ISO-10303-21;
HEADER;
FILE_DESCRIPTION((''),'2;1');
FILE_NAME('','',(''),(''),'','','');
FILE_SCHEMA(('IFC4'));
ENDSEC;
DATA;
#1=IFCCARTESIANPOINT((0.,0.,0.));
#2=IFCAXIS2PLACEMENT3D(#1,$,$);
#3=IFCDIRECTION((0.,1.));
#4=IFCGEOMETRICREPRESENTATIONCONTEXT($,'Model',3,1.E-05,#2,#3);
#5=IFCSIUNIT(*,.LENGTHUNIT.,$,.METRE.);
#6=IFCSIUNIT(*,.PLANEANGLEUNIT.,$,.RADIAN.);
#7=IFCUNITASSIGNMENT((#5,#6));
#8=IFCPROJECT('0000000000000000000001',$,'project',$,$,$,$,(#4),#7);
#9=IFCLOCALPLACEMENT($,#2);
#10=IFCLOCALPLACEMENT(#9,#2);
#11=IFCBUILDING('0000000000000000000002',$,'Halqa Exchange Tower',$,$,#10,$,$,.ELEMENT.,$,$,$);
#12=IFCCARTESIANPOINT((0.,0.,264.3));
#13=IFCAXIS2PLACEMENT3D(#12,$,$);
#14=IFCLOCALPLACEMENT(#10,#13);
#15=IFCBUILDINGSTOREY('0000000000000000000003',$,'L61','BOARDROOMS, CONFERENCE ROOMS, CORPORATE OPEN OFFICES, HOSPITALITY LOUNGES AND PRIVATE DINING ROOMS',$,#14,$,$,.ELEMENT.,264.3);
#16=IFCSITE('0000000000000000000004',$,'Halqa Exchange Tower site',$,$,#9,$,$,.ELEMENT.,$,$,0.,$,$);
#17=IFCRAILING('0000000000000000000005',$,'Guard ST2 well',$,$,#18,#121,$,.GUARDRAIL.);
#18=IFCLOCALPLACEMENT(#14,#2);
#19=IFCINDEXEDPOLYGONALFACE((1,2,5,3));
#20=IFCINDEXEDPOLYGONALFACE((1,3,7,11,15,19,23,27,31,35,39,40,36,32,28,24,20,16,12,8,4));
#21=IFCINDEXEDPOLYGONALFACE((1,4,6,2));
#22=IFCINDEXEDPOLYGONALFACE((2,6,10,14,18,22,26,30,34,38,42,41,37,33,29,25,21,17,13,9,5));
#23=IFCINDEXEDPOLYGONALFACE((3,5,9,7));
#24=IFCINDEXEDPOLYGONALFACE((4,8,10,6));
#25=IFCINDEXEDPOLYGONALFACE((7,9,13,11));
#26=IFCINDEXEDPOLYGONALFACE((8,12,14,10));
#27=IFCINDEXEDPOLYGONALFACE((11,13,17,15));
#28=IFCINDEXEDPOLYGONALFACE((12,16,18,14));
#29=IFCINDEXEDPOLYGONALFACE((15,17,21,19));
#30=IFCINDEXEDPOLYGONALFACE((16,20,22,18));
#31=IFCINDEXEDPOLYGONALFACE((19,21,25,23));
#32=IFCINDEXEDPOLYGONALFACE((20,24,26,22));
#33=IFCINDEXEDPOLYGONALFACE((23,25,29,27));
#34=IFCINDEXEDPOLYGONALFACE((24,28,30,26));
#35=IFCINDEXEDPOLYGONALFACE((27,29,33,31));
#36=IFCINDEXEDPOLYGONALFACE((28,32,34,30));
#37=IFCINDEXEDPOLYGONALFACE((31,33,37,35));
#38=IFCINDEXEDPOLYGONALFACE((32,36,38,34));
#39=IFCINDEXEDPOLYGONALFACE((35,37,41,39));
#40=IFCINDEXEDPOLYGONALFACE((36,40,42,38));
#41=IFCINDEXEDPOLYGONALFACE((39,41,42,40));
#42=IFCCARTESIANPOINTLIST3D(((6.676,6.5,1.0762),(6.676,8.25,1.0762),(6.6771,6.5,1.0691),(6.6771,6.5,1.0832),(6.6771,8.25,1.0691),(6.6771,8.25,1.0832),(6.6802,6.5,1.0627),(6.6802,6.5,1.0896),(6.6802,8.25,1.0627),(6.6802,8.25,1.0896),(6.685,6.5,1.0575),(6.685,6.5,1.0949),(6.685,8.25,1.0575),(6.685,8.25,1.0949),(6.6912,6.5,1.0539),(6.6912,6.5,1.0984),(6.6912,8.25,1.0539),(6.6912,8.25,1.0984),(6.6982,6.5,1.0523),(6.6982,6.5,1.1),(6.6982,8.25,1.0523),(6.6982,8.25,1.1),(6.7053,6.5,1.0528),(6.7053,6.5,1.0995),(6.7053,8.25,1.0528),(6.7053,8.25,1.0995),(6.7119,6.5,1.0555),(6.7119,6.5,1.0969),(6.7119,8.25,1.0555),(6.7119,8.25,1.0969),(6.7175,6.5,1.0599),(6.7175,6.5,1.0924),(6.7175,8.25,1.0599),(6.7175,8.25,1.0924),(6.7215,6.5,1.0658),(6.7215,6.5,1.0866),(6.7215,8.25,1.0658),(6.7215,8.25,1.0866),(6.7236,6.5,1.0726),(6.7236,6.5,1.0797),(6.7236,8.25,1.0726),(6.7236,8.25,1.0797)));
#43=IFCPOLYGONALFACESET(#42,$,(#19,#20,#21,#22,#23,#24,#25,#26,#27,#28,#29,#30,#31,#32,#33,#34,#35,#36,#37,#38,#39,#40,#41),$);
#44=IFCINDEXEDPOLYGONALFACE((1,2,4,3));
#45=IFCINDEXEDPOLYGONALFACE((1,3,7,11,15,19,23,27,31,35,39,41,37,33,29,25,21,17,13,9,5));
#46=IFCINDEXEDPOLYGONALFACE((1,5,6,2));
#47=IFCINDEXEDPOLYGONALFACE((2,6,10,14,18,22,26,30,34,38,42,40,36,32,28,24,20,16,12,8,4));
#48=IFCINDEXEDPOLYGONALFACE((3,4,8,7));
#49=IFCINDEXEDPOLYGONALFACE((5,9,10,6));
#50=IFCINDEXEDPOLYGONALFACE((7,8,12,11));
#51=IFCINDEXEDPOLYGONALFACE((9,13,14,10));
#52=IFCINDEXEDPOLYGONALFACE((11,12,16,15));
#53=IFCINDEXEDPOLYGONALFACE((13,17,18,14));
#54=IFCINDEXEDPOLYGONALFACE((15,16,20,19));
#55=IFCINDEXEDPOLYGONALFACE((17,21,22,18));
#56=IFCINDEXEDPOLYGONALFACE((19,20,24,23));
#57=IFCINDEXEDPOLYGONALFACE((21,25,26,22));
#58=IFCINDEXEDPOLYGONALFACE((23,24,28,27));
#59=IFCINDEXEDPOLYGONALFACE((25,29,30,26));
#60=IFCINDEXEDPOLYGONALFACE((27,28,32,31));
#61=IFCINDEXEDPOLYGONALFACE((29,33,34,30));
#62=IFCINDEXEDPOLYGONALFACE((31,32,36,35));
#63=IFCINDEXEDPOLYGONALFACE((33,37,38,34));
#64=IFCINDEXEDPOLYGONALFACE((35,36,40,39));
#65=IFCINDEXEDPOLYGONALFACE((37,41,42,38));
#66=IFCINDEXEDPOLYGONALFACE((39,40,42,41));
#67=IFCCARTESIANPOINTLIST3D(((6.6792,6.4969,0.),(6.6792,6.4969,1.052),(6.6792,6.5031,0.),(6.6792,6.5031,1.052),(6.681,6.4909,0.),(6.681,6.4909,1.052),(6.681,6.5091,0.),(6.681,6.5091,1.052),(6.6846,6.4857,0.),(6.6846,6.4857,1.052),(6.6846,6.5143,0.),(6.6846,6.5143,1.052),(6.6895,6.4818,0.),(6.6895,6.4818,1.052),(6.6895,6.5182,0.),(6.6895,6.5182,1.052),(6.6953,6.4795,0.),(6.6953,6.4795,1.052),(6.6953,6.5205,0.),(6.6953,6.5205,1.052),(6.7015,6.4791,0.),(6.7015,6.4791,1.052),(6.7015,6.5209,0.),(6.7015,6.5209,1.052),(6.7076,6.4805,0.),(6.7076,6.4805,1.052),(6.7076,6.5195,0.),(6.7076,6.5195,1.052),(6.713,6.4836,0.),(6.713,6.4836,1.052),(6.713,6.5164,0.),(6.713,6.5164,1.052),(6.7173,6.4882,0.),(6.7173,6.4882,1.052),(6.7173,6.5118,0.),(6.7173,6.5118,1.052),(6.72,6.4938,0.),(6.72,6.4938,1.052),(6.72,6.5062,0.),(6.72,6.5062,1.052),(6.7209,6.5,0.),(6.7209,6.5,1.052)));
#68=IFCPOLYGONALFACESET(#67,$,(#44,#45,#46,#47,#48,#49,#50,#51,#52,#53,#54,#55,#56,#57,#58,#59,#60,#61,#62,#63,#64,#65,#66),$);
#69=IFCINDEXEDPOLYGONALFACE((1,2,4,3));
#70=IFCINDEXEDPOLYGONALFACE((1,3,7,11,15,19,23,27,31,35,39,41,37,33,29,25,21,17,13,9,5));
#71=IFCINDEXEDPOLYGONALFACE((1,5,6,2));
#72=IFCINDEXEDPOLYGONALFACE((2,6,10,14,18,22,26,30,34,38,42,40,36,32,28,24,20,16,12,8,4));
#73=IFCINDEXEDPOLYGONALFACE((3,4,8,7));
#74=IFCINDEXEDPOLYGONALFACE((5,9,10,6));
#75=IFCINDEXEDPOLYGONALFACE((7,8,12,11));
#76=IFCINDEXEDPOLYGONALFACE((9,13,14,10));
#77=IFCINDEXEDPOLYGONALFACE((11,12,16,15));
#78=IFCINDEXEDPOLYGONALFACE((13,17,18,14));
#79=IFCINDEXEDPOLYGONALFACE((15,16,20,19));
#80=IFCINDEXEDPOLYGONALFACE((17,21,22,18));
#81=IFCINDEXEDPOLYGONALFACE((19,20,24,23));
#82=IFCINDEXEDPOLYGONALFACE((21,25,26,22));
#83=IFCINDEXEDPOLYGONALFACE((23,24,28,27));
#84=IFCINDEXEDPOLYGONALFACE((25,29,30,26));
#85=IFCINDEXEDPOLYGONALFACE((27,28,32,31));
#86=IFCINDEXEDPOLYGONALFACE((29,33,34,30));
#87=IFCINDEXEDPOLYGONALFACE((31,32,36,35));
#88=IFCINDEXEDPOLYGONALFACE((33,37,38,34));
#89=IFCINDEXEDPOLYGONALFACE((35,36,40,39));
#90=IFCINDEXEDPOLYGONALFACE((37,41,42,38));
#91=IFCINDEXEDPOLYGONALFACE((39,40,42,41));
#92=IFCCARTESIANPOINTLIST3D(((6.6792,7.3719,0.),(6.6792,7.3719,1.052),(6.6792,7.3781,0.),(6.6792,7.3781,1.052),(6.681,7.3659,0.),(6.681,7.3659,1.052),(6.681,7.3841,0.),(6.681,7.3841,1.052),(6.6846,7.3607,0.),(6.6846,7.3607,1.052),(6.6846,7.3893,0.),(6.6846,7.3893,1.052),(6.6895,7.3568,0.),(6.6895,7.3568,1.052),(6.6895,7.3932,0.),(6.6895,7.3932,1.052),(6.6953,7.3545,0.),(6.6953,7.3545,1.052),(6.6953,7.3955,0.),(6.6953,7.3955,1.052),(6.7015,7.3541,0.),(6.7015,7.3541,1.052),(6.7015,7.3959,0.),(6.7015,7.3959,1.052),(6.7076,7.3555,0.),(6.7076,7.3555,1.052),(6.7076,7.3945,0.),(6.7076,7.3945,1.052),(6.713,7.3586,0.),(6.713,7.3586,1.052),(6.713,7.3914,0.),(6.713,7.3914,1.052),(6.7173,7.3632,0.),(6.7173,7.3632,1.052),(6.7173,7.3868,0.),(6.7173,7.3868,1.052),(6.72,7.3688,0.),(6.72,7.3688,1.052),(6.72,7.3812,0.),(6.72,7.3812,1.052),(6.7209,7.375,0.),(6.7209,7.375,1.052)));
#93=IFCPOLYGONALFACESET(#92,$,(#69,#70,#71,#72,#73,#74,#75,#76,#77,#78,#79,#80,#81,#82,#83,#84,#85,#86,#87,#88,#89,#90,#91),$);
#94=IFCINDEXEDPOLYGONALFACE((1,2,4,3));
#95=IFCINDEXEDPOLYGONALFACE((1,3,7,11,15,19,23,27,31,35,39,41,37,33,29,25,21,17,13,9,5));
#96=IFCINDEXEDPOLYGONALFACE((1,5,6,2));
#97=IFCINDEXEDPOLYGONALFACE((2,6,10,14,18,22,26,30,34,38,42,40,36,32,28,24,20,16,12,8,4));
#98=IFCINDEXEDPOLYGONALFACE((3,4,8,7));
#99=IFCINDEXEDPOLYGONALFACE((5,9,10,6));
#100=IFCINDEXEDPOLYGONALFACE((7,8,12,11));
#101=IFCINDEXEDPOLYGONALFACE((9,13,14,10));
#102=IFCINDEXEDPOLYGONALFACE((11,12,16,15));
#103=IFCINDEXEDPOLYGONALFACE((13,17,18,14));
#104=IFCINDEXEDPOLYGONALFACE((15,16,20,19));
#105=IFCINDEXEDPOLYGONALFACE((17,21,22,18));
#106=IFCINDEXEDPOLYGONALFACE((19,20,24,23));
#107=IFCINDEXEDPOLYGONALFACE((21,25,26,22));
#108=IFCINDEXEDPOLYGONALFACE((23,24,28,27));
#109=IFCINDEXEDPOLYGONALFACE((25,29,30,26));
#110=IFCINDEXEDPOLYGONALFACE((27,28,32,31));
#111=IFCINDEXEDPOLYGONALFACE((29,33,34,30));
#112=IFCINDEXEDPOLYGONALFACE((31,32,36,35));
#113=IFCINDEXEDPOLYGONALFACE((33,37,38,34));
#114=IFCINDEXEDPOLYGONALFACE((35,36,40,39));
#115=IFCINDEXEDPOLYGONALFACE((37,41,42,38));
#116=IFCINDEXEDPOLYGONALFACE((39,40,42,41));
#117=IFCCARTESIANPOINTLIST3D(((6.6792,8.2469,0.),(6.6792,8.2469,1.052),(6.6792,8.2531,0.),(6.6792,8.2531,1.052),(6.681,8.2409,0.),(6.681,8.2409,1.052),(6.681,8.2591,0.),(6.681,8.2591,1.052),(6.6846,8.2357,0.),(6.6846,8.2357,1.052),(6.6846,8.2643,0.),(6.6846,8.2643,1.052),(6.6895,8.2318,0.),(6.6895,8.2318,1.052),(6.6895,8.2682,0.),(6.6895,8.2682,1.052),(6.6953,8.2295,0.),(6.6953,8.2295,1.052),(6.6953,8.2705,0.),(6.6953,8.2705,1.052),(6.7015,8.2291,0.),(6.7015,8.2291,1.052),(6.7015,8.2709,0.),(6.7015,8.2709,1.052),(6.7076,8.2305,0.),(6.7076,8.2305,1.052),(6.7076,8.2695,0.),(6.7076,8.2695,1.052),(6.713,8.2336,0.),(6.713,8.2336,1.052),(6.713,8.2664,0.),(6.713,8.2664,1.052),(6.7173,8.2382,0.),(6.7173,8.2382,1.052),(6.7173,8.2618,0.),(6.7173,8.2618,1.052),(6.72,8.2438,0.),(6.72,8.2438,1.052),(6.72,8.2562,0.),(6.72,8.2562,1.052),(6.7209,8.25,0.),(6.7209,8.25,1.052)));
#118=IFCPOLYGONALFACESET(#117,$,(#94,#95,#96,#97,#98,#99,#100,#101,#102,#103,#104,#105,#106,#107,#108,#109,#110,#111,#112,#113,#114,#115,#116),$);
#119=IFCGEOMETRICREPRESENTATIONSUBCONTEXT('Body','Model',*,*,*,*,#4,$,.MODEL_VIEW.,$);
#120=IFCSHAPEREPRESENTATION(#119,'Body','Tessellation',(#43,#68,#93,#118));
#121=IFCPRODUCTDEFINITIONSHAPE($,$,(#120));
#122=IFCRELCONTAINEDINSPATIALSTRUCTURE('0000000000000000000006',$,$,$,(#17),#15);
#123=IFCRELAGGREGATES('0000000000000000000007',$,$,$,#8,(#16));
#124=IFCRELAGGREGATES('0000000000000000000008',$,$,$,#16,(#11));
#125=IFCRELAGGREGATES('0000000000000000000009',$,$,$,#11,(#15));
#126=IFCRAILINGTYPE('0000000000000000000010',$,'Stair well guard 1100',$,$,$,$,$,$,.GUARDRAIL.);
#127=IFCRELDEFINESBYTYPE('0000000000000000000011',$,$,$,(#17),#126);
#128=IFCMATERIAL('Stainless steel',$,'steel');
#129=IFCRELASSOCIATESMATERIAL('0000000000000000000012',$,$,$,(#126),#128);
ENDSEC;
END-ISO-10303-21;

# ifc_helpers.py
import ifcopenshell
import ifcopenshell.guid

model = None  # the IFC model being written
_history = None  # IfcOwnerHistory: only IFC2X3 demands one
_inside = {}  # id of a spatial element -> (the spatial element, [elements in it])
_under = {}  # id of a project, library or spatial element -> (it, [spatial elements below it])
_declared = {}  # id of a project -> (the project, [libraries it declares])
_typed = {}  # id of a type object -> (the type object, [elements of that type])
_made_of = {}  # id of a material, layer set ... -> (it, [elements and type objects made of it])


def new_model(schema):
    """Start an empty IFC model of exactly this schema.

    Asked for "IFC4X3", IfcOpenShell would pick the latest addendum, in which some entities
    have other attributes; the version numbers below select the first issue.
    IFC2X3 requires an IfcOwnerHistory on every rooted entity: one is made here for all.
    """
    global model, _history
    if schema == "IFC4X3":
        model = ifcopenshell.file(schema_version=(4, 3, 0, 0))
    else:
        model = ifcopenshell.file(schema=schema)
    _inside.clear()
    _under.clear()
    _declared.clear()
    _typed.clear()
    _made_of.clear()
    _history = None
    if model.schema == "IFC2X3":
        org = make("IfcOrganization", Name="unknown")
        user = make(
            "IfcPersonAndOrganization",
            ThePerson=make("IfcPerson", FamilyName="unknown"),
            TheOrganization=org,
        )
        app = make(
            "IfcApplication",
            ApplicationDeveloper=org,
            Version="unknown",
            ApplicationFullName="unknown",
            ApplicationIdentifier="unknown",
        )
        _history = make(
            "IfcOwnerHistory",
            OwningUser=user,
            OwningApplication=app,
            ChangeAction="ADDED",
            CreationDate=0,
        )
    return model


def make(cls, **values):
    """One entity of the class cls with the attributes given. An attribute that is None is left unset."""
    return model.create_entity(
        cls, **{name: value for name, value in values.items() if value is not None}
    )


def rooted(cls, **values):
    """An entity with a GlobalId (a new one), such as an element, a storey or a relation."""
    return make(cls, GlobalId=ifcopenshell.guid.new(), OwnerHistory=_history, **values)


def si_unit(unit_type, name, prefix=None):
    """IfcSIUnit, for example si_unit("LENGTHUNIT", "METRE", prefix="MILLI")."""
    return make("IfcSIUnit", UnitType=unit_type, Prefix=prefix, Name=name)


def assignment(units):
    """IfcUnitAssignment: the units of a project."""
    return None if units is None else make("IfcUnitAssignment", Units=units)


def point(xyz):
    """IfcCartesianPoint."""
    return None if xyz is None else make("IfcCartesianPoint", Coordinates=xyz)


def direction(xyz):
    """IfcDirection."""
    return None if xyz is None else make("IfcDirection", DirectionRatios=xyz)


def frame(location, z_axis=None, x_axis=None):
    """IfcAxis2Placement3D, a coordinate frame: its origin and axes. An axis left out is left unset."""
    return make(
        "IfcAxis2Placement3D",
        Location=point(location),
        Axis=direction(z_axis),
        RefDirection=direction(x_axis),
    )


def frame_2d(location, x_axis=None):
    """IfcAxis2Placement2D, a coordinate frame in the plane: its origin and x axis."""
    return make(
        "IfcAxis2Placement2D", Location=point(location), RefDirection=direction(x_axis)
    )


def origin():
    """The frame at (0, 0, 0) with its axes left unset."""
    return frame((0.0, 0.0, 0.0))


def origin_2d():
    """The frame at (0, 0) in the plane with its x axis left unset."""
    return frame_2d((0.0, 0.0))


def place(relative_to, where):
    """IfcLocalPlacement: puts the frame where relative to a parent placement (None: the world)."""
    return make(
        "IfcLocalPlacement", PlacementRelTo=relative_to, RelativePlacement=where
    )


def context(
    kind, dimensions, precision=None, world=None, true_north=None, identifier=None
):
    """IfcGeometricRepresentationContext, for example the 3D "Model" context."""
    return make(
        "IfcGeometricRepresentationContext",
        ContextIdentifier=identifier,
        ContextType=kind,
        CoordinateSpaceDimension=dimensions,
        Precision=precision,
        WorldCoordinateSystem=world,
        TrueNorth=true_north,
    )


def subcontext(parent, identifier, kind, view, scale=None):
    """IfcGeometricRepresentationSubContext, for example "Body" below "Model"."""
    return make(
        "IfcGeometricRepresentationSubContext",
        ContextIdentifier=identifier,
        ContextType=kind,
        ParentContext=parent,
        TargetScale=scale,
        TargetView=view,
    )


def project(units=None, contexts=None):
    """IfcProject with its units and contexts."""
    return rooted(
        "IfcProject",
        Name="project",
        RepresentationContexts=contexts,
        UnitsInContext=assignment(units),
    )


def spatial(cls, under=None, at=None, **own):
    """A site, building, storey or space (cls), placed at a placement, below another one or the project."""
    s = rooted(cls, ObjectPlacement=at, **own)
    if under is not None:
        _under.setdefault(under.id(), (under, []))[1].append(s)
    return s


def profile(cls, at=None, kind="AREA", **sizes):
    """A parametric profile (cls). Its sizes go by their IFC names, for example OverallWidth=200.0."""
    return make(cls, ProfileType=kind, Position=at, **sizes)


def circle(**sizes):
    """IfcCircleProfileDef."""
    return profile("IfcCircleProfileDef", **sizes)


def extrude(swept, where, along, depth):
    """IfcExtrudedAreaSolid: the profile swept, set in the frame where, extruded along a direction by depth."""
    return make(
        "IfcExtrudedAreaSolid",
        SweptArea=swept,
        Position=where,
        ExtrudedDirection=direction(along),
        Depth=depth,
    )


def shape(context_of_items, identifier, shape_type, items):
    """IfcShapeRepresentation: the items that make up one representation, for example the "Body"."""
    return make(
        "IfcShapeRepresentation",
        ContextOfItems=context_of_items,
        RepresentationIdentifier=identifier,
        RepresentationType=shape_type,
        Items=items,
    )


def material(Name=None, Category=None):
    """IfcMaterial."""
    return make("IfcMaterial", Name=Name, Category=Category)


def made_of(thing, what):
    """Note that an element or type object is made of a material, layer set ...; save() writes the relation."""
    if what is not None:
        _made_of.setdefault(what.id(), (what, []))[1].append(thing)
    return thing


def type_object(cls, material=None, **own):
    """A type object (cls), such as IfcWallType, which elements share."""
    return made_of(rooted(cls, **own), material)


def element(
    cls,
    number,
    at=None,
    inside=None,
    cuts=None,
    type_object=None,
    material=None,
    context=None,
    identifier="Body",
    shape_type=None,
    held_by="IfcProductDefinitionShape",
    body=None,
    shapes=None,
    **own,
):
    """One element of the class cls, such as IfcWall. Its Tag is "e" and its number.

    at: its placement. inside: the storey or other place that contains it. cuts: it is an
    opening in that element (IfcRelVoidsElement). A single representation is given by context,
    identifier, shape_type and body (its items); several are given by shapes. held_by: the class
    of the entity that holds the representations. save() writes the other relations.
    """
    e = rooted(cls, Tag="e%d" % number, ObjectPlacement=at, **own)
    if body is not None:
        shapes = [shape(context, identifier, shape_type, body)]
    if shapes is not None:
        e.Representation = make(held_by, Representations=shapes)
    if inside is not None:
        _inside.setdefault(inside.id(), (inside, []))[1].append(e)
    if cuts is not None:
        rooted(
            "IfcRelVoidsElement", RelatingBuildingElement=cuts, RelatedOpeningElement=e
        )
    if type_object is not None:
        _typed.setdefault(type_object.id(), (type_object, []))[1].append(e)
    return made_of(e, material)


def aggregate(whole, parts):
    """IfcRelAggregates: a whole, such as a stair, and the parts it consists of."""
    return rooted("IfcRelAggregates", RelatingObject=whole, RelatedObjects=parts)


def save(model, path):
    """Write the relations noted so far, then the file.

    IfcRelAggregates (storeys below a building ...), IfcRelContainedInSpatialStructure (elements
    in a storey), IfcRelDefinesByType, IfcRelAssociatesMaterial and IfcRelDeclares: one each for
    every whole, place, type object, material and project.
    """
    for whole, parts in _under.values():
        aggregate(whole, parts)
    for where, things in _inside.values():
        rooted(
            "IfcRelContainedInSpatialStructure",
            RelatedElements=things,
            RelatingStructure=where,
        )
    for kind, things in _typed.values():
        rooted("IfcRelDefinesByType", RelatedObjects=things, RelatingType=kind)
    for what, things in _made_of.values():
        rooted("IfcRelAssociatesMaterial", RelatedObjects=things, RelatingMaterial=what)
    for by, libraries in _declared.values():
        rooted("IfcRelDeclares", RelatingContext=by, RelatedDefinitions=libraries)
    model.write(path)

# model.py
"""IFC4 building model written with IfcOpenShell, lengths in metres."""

from ifc_helpers import new_model, si_unit, direction, frame, origin, origin_2d, place, context, subcontext, project, spatial, circle, extrude, material, type_object, element, save


model = new_model("IFC4")

# Units and contexts
model_context = context("Model", 3, precision=1e-05, world=origin(), true_north=direction((0.0, 1.0)))
body_context = subcontext(model_context, "Body", "Model", "MODEL_VIEW")
ifc_project = project(units=[si_unit("LENGTHUNIT", "METRE"), si_unit("PLANEANGLEUNIT", "RADIAN")], contexts=[model_context])

# Site, building, storey
site_placement = place(None, origin())
site = spatial("IfcSite", under=ifc_project, at=site_placement, Name="Halqa Exchange Tower site", CompositionType="ELEMENT", RefElevation=0.0)
building_placement = place(site_placement, origin())
building = spatial("IfcBuilding", under=site, at=building_placement, Name="Halqa Exchange Tower", CompositionType="ELEMENT")
storey_placement = place(building_placement, frame((0.0, 0.0, 264.3)))
storey = spatial("IfcBuildingStorey", under=building, at=storey_placement, Name="L61", Description="BOARDROOMS, CONFERENCE ROOMS, CORPORATE OPEN OFFICES, HOSPITALITY LOUNGES AND PRIVATE DINING ROOMS", CompositionType="ELEMENT", Elevation=264.3)

# Railing
ifc_material_1 = material(Name="Stainless steel", Category="steel")
railing_type_1 = type_object("IfcRailingType", Name="Stair well guard 1100", PredefinedType="GUARDRAIL", material=ifc_material_1)
railing_1_placement = place(storey_placement, frame((6.7, 6.5, 0.0)))
element("IfcRailing", 1, at=railing_1_placement, inside=storey, type_object=railing_type_1, Name="Guard ST2 well", PredefinedType="GUARDRAIL", context=body_context, shape_type="SweptSolid", body=[
    extrude(circle(Radius=0.0239, at=origin_2d()), frame((0.0, 0.0, 1.0762), z_axis=(0.0, 1.0, 0.0), x_axis=(-1.0, 0.0, 0.0)), (0.0, 0.0, 1.0), 1.75),
    extrude(circle(Radius=0.021, at=origin_2d()), origin(), (0.0, 0.0, 1.0), 1.052),
    extrude(circle(Radius=0.021, at=origin_2d()), frame((0.0, 0.875, 0.0)), (0.0, 0.0, 1.0), 1.052),
    extrude(circle(Radius=0.021, at=origin_2d()), frame((0.0, 1.75, 0.0)), (0.0, 0.0, 1.0), 1.052),
])

save(model, "model.ifc")
